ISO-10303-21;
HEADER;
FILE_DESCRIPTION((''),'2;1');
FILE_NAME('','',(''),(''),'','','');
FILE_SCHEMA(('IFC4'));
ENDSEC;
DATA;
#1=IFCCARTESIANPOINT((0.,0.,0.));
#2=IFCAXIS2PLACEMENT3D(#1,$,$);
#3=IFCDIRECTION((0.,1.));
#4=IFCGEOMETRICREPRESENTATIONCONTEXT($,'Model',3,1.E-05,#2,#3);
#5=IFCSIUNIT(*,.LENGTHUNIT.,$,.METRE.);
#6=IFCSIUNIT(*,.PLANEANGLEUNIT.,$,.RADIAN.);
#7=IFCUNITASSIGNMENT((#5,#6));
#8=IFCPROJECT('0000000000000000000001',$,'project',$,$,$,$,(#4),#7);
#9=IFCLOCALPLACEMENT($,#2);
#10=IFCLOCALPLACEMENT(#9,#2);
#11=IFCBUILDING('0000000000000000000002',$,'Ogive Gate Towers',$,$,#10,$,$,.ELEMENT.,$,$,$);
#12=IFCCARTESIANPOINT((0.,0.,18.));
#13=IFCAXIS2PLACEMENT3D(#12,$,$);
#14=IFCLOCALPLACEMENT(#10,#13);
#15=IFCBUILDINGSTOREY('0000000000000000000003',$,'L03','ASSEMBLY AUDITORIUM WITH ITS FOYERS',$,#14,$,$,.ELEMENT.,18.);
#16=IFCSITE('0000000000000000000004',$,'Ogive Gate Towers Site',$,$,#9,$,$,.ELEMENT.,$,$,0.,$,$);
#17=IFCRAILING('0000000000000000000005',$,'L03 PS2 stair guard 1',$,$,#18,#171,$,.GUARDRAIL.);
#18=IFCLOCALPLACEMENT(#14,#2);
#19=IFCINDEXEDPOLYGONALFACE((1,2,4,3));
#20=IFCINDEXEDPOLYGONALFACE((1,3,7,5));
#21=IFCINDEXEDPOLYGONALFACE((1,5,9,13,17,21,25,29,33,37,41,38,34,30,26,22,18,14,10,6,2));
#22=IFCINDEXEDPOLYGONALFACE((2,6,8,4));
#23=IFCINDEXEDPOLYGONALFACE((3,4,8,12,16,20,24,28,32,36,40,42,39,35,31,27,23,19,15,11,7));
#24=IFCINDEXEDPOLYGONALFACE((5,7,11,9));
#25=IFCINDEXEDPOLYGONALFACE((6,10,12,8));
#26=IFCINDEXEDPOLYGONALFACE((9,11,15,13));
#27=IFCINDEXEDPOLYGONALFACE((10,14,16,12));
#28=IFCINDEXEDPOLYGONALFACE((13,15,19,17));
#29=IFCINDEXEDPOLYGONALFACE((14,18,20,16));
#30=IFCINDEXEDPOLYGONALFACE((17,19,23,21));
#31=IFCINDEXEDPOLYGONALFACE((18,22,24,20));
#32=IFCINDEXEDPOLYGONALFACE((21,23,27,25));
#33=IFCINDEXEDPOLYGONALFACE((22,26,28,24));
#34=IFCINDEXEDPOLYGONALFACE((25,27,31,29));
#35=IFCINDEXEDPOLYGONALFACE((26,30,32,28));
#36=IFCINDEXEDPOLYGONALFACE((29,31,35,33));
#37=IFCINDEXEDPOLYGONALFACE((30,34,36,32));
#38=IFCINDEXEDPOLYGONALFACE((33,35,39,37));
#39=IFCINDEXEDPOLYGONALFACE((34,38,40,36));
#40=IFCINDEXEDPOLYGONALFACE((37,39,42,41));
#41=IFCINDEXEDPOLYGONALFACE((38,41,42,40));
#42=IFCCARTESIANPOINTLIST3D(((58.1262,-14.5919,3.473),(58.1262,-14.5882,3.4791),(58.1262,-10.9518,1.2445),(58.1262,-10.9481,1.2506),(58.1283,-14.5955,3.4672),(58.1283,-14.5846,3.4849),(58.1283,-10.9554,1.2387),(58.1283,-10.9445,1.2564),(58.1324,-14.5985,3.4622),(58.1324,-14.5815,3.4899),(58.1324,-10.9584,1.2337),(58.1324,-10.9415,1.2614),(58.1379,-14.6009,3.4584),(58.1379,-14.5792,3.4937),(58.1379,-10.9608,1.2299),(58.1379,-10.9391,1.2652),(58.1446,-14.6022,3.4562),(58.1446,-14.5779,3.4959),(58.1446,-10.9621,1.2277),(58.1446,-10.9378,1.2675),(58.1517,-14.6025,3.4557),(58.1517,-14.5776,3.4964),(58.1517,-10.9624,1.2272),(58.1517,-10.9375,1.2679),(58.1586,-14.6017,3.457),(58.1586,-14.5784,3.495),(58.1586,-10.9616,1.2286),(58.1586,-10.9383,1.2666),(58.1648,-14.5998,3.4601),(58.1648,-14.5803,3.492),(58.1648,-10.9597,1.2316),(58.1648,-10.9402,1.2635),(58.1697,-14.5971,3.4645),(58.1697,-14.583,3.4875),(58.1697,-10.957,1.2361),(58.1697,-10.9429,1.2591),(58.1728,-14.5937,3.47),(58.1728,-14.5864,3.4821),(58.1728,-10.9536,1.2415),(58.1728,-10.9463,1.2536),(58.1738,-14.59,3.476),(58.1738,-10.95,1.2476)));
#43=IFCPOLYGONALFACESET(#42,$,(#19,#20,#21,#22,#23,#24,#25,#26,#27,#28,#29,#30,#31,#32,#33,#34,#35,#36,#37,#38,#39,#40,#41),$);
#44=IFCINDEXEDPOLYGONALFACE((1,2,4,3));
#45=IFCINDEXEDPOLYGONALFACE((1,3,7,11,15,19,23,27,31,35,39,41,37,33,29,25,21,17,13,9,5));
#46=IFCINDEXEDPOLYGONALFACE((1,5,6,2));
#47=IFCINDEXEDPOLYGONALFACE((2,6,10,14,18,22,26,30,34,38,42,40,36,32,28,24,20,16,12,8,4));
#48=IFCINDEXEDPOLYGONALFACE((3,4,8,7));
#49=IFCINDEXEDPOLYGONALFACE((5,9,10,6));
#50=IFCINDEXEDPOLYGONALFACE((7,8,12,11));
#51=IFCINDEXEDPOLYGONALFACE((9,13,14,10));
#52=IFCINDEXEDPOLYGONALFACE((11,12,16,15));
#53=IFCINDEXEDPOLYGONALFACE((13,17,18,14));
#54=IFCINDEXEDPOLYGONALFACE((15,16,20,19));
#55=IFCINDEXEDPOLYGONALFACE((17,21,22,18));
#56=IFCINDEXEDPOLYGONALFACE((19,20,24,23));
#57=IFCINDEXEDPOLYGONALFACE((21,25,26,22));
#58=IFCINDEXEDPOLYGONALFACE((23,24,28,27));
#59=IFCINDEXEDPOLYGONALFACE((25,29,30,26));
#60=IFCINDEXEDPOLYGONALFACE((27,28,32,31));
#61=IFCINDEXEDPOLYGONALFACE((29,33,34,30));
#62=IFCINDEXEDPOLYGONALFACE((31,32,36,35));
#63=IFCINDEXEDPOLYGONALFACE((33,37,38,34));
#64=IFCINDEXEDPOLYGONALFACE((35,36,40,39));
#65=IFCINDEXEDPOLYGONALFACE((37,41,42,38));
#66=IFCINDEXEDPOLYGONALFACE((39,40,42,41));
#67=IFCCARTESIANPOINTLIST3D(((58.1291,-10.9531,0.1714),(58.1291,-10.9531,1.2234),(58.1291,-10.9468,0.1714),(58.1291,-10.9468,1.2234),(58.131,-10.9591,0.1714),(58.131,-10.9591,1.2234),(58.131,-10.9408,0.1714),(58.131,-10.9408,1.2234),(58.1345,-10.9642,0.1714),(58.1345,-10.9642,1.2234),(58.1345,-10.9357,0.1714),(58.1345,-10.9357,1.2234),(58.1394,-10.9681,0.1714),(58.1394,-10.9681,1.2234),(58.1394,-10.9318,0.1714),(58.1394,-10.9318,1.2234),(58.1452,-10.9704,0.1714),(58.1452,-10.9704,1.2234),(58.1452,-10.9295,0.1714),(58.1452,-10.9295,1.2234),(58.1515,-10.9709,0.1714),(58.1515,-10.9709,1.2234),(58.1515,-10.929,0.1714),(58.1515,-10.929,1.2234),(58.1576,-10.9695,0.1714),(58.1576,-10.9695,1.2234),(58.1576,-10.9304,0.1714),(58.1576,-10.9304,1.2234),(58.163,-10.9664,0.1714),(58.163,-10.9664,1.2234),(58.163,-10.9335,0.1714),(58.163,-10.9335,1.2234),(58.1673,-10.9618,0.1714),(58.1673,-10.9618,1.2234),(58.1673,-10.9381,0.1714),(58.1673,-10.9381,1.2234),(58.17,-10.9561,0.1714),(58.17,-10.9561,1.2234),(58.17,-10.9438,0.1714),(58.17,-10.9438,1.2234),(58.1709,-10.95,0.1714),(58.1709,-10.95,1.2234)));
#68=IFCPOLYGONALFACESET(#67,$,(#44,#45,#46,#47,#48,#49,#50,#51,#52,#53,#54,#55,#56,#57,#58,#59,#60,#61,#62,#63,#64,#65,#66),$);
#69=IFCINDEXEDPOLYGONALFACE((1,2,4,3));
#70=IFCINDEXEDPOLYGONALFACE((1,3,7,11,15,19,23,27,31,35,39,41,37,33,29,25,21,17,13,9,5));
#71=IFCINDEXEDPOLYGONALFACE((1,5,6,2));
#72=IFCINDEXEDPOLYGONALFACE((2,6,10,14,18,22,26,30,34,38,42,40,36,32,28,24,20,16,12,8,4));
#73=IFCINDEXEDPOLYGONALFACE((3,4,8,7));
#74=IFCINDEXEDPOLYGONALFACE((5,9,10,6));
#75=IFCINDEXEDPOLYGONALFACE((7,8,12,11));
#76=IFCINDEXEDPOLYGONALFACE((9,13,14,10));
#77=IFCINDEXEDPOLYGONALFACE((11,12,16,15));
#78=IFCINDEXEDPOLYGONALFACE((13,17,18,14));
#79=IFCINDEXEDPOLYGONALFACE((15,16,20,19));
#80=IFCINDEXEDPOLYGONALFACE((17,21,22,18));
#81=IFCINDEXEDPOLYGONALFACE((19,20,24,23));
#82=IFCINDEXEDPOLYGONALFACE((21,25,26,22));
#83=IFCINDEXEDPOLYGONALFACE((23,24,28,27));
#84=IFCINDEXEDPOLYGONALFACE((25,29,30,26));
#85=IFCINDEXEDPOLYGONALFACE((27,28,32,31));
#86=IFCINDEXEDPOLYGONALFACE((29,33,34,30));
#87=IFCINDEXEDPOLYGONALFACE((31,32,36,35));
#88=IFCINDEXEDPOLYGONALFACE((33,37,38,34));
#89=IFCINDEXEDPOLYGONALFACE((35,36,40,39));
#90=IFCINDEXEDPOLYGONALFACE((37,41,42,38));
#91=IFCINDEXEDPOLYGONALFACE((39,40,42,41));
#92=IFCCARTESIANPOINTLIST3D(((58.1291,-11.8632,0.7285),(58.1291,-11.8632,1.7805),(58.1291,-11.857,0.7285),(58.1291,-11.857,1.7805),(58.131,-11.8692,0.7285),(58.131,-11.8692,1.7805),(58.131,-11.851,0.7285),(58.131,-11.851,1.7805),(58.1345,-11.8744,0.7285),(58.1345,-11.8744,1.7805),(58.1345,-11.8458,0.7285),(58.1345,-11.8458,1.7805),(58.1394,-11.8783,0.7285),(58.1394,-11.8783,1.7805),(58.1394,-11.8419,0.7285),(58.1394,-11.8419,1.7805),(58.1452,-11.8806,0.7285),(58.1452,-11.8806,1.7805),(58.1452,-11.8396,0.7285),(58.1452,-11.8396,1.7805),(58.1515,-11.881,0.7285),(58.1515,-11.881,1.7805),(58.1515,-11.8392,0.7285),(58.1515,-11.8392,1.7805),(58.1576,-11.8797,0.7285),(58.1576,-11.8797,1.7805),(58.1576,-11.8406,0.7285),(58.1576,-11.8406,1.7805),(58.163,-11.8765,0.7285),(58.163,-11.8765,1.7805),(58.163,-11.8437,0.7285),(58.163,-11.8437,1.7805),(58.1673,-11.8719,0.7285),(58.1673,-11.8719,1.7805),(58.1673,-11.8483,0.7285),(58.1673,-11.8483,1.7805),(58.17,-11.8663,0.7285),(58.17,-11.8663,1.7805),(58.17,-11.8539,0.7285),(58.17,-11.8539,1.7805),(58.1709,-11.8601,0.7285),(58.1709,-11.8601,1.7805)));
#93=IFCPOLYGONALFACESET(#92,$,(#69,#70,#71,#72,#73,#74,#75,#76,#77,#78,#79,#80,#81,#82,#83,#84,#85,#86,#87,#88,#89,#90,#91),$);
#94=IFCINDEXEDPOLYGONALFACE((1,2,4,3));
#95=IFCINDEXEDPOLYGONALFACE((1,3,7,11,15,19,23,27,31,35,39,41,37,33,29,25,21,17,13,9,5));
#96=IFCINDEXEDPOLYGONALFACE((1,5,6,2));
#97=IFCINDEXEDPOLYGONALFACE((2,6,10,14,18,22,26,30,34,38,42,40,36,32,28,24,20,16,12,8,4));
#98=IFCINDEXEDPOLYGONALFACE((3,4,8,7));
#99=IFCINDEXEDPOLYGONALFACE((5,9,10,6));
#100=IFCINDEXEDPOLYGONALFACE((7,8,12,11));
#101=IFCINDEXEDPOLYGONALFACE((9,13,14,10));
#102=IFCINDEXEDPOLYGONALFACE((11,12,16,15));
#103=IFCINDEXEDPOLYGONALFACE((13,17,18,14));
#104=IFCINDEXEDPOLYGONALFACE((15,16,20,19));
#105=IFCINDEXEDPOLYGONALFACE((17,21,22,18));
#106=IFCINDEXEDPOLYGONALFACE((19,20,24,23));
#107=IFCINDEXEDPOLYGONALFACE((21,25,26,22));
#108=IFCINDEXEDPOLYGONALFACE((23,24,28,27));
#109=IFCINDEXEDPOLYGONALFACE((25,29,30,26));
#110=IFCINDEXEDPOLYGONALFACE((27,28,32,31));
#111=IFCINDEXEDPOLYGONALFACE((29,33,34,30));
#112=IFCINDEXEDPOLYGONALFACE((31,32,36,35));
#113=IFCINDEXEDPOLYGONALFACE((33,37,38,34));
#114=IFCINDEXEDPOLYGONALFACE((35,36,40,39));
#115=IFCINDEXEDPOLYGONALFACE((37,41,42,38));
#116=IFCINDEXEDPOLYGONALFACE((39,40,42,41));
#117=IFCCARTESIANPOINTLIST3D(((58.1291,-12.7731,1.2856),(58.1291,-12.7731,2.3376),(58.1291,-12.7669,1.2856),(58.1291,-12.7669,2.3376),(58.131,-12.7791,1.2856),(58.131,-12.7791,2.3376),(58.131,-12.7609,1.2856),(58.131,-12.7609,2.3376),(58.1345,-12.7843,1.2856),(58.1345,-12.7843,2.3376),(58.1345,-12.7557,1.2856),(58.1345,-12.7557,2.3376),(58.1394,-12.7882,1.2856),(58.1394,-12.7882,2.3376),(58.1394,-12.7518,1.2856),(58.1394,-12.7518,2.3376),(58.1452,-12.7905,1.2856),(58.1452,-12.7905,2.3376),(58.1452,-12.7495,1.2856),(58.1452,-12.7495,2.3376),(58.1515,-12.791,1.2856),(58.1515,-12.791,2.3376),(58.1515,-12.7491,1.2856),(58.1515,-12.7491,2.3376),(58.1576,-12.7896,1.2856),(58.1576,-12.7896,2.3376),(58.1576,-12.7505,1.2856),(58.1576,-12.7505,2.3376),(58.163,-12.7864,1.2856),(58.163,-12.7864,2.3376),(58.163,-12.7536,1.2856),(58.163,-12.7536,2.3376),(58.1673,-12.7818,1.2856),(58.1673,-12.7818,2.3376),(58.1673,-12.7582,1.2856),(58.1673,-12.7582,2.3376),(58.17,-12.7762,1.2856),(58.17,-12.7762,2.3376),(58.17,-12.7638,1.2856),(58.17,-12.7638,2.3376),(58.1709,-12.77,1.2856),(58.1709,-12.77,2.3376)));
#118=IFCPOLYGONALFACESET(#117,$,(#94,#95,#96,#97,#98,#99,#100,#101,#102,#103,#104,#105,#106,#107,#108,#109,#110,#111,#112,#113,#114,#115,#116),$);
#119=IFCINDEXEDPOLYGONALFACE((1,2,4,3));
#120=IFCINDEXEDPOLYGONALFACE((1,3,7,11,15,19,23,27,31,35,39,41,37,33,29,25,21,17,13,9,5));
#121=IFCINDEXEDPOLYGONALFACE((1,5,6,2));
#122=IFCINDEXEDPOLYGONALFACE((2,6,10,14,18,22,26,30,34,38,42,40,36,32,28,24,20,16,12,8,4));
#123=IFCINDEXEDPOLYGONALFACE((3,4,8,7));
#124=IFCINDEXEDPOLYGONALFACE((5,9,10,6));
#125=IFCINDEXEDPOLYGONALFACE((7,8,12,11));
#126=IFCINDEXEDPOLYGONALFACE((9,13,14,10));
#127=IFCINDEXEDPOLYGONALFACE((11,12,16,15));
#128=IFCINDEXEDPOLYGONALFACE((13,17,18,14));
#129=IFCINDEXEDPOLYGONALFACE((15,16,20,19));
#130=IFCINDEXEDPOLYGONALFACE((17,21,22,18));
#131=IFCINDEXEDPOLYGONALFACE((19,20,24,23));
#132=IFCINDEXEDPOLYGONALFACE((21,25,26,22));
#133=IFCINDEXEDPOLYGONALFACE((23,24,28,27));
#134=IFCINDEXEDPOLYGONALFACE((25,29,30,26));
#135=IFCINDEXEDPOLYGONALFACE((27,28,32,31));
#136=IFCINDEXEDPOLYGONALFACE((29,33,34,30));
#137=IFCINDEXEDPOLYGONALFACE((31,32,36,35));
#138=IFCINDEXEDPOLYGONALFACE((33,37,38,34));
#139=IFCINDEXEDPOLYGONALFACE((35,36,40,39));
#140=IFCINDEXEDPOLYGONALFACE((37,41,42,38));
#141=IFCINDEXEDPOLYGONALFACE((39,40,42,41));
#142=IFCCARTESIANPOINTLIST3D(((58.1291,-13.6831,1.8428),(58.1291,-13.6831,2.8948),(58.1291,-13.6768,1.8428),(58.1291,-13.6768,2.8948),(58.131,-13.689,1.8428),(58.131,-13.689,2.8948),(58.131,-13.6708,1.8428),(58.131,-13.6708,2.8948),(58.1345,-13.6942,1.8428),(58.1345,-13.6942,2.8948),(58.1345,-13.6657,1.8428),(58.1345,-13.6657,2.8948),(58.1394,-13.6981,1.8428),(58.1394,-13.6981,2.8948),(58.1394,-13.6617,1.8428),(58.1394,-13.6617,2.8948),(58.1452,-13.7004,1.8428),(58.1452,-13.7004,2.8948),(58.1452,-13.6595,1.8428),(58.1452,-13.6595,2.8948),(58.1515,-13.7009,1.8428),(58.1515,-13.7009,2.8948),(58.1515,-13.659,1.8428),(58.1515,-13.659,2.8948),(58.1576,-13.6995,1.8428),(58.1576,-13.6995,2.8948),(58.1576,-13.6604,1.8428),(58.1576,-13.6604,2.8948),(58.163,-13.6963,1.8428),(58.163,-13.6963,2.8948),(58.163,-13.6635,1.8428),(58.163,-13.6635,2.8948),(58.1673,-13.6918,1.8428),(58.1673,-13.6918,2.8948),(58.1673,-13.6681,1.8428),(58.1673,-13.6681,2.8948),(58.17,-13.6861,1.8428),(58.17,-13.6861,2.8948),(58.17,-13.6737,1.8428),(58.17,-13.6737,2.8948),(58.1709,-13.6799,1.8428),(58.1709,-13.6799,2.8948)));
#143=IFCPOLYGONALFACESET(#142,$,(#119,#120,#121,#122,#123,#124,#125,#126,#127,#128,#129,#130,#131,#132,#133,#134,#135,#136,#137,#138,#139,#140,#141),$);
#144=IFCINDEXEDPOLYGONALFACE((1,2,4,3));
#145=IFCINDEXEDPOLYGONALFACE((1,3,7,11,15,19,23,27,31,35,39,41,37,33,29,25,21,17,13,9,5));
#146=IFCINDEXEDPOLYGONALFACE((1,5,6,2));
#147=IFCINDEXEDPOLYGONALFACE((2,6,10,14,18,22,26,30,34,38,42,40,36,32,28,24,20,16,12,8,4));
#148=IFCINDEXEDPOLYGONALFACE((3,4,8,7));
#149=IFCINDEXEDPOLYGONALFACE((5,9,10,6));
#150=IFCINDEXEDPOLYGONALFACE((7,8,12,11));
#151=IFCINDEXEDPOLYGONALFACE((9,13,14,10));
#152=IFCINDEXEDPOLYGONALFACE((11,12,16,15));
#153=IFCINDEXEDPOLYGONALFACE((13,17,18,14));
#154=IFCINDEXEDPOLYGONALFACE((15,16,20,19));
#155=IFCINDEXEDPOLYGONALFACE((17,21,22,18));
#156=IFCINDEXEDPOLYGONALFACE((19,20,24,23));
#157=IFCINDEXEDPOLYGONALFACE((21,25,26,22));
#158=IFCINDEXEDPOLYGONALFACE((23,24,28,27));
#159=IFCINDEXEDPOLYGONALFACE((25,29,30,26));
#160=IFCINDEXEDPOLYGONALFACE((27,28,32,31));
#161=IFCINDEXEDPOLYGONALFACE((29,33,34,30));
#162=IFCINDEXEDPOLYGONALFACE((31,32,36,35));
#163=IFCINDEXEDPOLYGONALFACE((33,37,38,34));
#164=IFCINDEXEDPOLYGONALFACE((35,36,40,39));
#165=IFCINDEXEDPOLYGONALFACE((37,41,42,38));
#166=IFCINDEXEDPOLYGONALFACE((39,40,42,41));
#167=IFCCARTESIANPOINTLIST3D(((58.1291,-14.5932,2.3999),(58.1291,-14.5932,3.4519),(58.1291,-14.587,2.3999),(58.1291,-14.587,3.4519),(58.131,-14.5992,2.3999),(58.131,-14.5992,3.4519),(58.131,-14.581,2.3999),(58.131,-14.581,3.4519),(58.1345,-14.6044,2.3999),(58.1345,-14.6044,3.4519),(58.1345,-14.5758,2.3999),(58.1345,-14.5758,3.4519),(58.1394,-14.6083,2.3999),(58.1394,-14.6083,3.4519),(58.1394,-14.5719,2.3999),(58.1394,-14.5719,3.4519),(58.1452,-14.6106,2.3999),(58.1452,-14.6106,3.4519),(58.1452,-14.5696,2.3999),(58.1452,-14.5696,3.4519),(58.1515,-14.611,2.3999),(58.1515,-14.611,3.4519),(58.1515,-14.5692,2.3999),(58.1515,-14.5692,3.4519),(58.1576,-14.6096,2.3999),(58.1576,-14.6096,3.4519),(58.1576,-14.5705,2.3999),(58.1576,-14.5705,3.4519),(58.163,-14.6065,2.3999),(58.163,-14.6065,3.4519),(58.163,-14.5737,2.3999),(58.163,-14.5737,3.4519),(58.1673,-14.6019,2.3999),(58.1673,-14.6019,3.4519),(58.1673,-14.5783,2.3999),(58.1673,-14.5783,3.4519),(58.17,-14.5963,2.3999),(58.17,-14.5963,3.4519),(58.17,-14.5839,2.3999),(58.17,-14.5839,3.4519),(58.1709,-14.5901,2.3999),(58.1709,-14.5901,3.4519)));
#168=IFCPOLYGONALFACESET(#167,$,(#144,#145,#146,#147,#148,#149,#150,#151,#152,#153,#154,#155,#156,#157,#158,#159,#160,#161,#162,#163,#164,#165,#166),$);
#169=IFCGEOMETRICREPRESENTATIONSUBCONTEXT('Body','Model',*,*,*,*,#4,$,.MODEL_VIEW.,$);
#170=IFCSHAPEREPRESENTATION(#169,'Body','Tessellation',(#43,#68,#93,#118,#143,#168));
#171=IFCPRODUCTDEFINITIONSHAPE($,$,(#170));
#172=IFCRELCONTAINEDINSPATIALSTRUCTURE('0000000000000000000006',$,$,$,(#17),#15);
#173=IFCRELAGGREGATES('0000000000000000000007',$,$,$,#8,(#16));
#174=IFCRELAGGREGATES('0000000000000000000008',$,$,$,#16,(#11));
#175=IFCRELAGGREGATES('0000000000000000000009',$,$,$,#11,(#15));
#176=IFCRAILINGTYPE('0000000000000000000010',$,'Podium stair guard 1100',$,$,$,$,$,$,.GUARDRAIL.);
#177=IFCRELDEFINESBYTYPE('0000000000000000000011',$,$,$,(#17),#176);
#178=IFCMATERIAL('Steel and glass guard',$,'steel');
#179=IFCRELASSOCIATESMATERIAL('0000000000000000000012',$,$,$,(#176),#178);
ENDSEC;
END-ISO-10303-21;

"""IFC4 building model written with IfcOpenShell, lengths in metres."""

from ifc_helpers import new_model, si_unit, direction, frame, origin, origin_2d, place, context, subcontext, project, spatial, circle, extrude, material, type_object, element, save


model = new_model("IFC4")

# Units and contexts
model_context = context("Model", 3, precision=1e-05, world=origin(), true_north=direction((0.0, 1.0)))
body_context = subcontext(model_context, "Body", "Model", "MODEL_VIEW")
ifc_project = project(units=[si_unit("LENGTHUNIT", "METRE"), si_unit("PLANEANGLEUNIT", "RADIAN")], contexts=[model_context])

# Site, building, storey
site_placement = place(None, origin())
site = spatial("IfcSite", under=ifc_project, at=site_placement, Name="Ogive Gate Towers Site", CompositionType="ELEMENT", RefElevation=0.0)
building_placement = place(site_placement, origin())
building = spatial("IfcBuilding", under=site, at=building_placement, Name="Ogive Gate Towers", CompositionType="ELEMENT")
storey_placement = place(building_placement, frame((0.0, 0.0, 18.0)))
storey = spatial("IfcBuildingStorey", under=building, at=storey_placement, Name="L03", Description="ASSEMBLY AUDITORIUM WITH ITS FOYERS", CompositionType="ELEMENT", Elevation=18.0)

# Railing
ifc_material_1 = material(Name="Steel and glass guard", Category="steel")
railing_type_1 = type_object("IfcRailingType", Name="Podium stair guard 1100", PredefinedType="GUARDRAIL", material=ifc_material_1)
railing_1_placement = place(storey_placement, frame((58.1499, -10.95, 0.1714)))
element("IfcRailing", 1, at=railing_1_placement, inside=storey, type_object=railing_type_1, Name="L03 PS2 stair guard 1", PredefinedType="GUARDRAIL", context=body_context, shape_type="SweptSolid", body=[
    extrude(circle(Radius=0.0239, at=origin_2d()), frame((0.0, 0.0, 1.0762), z_axis=(0.0, -0.852866, 0.52213), x_axis=(1.0, 0.0, 0.0)), (0.0, 0.0, 1.0), 4.2681),
    extrude(circle(Radius=0.021, at=origin_2d()), origin(), (0.0, 0.0, 1.0), 1.052),
    extrude(circle(Radius=0.021, at=origin_2d()), frame((0.0, -0.9102, 0.5571)), (0.0, 0.0, 1.0), 1.052),
    extrude(circle(Radius=0.021, at=origin_2d()), frame((0.0, -1.8201, 1.1143)), (0.0, 0.0, 1.0), 1.052),
    extrude(circle(Radius=0.021, at=origin_2d()), frame((0.0, -2.73, 1.6714)), (0.0, 0.0, 1.0), 1.052),
    extrude(circle(Radius=0.021, at=origin_2d()), frame((0.0, -3.6401, 2.2285)), (0.0, 0.0, 1.0), 1.052),
])

save(model, "model.ifc")
